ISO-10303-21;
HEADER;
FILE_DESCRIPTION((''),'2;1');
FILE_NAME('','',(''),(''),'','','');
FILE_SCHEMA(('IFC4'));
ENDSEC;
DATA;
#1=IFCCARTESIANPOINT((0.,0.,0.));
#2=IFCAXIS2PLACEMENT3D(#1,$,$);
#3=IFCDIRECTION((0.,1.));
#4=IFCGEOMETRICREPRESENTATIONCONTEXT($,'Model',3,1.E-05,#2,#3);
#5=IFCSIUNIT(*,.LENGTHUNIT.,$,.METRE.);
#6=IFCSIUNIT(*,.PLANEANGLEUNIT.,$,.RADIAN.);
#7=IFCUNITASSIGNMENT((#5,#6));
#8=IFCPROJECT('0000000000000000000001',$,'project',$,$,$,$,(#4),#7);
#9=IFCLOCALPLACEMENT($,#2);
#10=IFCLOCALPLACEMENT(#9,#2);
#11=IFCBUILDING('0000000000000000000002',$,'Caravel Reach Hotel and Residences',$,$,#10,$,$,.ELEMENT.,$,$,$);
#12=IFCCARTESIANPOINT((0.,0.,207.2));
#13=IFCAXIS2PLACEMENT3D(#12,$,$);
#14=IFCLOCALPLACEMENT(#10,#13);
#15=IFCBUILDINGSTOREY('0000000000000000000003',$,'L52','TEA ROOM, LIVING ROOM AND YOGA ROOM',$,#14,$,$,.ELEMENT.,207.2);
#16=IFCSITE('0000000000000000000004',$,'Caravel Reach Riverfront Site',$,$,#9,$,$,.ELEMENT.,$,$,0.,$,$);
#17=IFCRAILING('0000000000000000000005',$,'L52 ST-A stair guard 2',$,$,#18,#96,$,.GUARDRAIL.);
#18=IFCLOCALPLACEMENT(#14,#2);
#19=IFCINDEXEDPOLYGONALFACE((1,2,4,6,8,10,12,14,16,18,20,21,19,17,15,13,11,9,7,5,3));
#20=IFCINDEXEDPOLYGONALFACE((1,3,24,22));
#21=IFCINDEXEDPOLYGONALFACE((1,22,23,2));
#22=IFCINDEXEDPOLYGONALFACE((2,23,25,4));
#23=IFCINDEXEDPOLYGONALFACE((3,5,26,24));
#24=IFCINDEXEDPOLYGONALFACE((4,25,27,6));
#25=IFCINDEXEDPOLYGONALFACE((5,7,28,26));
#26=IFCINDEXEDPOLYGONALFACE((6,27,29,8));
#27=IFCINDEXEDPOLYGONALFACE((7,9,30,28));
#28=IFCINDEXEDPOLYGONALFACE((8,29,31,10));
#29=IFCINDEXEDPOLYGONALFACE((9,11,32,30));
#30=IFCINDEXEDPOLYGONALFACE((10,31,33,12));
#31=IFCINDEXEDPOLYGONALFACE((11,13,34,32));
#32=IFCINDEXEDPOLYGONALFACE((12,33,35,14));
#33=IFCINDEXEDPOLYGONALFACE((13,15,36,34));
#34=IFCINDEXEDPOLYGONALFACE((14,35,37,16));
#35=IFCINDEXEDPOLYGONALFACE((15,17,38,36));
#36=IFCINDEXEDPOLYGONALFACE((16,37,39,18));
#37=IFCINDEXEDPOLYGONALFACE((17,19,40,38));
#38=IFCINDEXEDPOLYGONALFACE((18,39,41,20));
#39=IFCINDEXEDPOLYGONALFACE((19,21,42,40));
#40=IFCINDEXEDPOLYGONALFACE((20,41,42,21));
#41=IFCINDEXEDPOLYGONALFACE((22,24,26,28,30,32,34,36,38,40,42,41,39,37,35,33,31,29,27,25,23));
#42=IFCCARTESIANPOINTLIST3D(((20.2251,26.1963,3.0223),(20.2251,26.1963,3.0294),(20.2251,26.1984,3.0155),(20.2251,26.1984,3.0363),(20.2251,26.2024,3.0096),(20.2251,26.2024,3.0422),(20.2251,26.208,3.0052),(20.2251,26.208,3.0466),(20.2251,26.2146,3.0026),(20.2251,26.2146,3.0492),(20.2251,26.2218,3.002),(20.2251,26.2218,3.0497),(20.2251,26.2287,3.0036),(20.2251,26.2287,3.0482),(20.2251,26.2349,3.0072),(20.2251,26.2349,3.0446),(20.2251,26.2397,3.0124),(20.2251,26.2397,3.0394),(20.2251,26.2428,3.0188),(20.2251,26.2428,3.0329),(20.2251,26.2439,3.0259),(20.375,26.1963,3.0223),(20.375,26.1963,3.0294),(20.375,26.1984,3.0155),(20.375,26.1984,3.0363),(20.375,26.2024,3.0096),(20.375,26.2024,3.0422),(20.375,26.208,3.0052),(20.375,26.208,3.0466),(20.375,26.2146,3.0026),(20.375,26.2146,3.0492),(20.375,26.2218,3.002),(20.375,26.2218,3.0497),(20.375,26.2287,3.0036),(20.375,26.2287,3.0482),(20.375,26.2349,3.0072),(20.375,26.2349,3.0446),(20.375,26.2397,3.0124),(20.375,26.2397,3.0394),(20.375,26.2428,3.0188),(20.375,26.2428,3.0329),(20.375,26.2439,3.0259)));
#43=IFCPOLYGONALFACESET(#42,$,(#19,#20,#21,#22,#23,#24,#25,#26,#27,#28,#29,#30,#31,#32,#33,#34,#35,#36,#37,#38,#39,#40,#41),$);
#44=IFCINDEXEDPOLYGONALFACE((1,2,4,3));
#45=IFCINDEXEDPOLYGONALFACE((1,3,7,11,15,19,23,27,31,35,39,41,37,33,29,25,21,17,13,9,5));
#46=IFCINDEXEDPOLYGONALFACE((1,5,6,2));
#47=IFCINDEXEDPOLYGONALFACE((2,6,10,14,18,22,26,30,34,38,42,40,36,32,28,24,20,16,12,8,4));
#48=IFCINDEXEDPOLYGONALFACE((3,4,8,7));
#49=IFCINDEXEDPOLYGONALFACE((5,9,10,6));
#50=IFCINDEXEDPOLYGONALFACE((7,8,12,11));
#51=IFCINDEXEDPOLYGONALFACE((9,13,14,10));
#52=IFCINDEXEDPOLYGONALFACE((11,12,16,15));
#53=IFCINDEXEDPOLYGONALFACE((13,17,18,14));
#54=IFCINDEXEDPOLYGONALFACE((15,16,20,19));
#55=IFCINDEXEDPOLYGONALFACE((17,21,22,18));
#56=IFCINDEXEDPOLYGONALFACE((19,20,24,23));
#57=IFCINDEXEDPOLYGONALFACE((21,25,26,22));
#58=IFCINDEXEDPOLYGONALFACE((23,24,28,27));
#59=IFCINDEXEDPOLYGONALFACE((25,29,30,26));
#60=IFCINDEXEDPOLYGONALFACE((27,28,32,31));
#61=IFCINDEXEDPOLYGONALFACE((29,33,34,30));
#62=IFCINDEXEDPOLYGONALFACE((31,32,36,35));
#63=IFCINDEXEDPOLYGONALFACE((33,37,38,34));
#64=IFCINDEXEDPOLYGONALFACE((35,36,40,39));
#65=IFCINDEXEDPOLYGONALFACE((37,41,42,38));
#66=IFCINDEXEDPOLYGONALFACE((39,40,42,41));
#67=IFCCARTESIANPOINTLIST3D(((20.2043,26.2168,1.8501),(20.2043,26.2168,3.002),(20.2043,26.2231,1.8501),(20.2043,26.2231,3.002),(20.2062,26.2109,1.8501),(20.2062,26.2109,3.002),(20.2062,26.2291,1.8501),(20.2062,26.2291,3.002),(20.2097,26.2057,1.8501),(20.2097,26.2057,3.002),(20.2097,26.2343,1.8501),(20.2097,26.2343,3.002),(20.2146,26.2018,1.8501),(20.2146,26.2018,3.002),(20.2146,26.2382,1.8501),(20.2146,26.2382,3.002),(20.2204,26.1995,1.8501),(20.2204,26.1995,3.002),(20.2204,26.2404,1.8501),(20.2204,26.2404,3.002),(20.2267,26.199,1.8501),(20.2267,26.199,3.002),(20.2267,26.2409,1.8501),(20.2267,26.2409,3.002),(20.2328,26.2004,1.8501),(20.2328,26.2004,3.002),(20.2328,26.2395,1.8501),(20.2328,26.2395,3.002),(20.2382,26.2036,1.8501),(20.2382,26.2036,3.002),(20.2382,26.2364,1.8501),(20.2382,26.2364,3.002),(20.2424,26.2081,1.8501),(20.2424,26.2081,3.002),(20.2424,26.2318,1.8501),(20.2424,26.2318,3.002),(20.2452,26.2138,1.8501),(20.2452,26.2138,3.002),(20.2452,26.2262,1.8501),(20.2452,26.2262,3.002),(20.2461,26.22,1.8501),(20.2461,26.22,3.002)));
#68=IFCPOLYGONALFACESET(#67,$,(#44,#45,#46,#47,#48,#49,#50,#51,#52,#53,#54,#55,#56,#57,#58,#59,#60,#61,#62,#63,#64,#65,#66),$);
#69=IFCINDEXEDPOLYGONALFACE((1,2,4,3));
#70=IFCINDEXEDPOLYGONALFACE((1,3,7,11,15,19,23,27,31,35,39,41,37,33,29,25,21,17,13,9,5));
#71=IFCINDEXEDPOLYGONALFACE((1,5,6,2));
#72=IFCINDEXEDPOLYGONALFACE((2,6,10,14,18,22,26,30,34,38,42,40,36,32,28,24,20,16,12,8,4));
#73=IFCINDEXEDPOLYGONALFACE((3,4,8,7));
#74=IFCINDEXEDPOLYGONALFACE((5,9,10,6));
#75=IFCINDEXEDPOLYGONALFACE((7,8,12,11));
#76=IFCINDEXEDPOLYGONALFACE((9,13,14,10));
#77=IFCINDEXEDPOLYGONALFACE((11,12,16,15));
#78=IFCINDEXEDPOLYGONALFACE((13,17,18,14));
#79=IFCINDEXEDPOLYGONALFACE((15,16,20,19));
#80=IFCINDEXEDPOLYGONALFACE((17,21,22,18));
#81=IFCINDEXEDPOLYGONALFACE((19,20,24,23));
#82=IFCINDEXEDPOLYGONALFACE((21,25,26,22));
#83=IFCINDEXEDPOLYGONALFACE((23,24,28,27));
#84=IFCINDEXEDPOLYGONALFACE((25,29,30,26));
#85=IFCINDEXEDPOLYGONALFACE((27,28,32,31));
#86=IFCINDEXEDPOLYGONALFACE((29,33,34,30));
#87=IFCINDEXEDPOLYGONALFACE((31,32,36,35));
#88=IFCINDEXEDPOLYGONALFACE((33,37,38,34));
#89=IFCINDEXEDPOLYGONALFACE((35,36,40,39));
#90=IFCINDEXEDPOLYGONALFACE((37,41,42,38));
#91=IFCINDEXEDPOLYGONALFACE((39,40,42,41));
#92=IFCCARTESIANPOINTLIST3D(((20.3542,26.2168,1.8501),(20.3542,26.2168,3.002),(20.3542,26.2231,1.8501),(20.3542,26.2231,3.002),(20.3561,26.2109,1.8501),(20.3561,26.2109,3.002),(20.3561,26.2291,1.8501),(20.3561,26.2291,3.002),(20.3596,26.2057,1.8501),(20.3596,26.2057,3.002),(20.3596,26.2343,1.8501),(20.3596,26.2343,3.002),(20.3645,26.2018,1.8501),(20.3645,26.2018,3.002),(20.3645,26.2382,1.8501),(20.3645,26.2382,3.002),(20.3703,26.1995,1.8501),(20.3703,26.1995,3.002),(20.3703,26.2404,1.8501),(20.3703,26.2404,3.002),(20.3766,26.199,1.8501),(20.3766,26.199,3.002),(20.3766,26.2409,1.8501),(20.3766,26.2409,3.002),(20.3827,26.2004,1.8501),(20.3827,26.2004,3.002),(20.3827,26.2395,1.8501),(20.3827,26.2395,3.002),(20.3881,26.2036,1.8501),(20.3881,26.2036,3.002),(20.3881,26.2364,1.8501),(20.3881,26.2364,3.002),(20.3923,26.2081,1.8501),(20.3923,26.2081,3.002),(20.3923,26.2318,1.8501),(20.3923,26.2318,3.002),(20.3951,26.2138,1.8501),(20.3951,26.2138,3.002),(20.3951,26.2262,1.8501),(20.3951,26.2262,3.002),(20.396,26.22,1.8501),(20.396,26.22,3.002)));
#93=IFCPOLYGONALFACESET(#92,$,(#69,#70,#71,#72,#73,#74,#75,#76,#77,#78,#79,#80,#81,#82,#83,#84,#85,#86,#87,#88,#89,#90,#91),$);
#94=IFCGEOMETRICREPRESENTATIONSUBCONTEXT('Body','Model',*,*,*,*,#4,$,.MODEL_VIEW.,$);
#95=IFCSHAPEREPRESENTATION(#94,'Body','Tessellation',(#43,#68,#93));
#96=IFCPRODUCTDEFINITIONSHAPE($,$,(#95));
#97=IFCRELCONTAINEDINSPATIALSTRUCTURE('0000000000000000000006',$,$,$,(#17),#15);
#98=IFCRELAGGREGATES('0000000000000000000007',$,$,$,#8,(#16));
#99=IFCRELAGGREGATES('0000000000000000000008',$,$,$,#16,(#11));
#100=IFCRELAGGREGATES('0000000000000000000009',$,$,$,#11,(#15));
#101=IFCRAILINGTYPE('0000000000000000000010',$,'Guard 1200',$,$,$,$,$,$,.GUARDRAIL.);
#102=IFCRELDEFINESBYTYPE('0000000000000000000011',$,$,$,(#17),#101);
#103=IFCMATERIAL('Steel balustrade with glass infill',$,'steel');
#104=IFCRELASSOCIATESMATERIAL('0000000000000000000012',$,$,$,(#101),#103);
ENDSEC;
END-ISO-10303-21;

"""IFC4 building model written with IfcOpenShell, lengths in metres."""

from ifc_helpers import new_model, si_unit, direction, frame, origin, origin_2d, place, context, subcontext, project, spatial, circle, extrude, material, type_object, element, save


model = new_model("IFC4")

# Units and contexts
model_context = context("Model", 3, precision=1e-05, world=origin(), true_north=direction((0.0, 1.0)))
body_context = subcontext(model_context, "Body", "Model", "MODEL_VIEW")
ifc_project = project(units=[si_unit("LENGTHUNIT", "METRE"), si_unit("PLANEANGLEUNIT", "RADIAN")], contexts=[model_context])

# Site, building, storey
site_placement = place(None, origin())
site = spatial("IfcSite", under=ifc_project, at=site_placement, Name="Caravel Reach Riverfront Site", CompositionType="ELEMENT", RefElevation=0.0)
building_placement = place(site_placement, origin())
building = spatial("IfcBuilding", under=site, at=building_placement, Name="Caravel Reach Hotel and Residences", CompositionType="ELEMENT")
storey_placement = place(building_placement, frame((0.0, 0.0, 207.2)))
storey = spatial("IfcBuildingStorey", under=building, at=storey_placement, Name="L52", Description="TEA ROOM, LIVING ROOM AND YOGA ROOM", CompositionType="ELEMENT", Elevation=207.2)

# Railing
ifc_material_1 = material(Name="Steel balustrade with glass infill", Category="steel")
railing_type_1 = type_object("IfcRailingType", Name="Guard 1200", PredefinedType="GUARDRAIL", material=ifc_material_1)
railing_1_placement = place(storey_placement, frame((20.2251, 26.22, 1.8501)))
element("IfcRailing", 1, at=railing_1_placement, inside=storey, type_object=railing_type_1, Name="L52 ST-A stair guard 2", PredefinedType="GUARDRAIL", context=body_context, shape_type="SweptSolid", body=[
    extrude(circle(Radius=0.0239, at=origin_2d()), frame((0.0, 0.0, 1.1758), z_axis=(1.0, 0.0, 0.0), x_axis=(0.0, 1.0, 0.0)), (0.0, 0.0, 1.0), 0.1499),
    extrude(circle(Radius=0.021, at=origin_2d()), origin(), (0.0, 0.0, 1.0), 1.1519),
    extrude(circle(Radius=0.021, at=origin_2d()), frame((0.1499, 0.0, 0.0)), (0.0, 0.0, 1.0), 1.1519),
])

save(model, "model.ifc")
